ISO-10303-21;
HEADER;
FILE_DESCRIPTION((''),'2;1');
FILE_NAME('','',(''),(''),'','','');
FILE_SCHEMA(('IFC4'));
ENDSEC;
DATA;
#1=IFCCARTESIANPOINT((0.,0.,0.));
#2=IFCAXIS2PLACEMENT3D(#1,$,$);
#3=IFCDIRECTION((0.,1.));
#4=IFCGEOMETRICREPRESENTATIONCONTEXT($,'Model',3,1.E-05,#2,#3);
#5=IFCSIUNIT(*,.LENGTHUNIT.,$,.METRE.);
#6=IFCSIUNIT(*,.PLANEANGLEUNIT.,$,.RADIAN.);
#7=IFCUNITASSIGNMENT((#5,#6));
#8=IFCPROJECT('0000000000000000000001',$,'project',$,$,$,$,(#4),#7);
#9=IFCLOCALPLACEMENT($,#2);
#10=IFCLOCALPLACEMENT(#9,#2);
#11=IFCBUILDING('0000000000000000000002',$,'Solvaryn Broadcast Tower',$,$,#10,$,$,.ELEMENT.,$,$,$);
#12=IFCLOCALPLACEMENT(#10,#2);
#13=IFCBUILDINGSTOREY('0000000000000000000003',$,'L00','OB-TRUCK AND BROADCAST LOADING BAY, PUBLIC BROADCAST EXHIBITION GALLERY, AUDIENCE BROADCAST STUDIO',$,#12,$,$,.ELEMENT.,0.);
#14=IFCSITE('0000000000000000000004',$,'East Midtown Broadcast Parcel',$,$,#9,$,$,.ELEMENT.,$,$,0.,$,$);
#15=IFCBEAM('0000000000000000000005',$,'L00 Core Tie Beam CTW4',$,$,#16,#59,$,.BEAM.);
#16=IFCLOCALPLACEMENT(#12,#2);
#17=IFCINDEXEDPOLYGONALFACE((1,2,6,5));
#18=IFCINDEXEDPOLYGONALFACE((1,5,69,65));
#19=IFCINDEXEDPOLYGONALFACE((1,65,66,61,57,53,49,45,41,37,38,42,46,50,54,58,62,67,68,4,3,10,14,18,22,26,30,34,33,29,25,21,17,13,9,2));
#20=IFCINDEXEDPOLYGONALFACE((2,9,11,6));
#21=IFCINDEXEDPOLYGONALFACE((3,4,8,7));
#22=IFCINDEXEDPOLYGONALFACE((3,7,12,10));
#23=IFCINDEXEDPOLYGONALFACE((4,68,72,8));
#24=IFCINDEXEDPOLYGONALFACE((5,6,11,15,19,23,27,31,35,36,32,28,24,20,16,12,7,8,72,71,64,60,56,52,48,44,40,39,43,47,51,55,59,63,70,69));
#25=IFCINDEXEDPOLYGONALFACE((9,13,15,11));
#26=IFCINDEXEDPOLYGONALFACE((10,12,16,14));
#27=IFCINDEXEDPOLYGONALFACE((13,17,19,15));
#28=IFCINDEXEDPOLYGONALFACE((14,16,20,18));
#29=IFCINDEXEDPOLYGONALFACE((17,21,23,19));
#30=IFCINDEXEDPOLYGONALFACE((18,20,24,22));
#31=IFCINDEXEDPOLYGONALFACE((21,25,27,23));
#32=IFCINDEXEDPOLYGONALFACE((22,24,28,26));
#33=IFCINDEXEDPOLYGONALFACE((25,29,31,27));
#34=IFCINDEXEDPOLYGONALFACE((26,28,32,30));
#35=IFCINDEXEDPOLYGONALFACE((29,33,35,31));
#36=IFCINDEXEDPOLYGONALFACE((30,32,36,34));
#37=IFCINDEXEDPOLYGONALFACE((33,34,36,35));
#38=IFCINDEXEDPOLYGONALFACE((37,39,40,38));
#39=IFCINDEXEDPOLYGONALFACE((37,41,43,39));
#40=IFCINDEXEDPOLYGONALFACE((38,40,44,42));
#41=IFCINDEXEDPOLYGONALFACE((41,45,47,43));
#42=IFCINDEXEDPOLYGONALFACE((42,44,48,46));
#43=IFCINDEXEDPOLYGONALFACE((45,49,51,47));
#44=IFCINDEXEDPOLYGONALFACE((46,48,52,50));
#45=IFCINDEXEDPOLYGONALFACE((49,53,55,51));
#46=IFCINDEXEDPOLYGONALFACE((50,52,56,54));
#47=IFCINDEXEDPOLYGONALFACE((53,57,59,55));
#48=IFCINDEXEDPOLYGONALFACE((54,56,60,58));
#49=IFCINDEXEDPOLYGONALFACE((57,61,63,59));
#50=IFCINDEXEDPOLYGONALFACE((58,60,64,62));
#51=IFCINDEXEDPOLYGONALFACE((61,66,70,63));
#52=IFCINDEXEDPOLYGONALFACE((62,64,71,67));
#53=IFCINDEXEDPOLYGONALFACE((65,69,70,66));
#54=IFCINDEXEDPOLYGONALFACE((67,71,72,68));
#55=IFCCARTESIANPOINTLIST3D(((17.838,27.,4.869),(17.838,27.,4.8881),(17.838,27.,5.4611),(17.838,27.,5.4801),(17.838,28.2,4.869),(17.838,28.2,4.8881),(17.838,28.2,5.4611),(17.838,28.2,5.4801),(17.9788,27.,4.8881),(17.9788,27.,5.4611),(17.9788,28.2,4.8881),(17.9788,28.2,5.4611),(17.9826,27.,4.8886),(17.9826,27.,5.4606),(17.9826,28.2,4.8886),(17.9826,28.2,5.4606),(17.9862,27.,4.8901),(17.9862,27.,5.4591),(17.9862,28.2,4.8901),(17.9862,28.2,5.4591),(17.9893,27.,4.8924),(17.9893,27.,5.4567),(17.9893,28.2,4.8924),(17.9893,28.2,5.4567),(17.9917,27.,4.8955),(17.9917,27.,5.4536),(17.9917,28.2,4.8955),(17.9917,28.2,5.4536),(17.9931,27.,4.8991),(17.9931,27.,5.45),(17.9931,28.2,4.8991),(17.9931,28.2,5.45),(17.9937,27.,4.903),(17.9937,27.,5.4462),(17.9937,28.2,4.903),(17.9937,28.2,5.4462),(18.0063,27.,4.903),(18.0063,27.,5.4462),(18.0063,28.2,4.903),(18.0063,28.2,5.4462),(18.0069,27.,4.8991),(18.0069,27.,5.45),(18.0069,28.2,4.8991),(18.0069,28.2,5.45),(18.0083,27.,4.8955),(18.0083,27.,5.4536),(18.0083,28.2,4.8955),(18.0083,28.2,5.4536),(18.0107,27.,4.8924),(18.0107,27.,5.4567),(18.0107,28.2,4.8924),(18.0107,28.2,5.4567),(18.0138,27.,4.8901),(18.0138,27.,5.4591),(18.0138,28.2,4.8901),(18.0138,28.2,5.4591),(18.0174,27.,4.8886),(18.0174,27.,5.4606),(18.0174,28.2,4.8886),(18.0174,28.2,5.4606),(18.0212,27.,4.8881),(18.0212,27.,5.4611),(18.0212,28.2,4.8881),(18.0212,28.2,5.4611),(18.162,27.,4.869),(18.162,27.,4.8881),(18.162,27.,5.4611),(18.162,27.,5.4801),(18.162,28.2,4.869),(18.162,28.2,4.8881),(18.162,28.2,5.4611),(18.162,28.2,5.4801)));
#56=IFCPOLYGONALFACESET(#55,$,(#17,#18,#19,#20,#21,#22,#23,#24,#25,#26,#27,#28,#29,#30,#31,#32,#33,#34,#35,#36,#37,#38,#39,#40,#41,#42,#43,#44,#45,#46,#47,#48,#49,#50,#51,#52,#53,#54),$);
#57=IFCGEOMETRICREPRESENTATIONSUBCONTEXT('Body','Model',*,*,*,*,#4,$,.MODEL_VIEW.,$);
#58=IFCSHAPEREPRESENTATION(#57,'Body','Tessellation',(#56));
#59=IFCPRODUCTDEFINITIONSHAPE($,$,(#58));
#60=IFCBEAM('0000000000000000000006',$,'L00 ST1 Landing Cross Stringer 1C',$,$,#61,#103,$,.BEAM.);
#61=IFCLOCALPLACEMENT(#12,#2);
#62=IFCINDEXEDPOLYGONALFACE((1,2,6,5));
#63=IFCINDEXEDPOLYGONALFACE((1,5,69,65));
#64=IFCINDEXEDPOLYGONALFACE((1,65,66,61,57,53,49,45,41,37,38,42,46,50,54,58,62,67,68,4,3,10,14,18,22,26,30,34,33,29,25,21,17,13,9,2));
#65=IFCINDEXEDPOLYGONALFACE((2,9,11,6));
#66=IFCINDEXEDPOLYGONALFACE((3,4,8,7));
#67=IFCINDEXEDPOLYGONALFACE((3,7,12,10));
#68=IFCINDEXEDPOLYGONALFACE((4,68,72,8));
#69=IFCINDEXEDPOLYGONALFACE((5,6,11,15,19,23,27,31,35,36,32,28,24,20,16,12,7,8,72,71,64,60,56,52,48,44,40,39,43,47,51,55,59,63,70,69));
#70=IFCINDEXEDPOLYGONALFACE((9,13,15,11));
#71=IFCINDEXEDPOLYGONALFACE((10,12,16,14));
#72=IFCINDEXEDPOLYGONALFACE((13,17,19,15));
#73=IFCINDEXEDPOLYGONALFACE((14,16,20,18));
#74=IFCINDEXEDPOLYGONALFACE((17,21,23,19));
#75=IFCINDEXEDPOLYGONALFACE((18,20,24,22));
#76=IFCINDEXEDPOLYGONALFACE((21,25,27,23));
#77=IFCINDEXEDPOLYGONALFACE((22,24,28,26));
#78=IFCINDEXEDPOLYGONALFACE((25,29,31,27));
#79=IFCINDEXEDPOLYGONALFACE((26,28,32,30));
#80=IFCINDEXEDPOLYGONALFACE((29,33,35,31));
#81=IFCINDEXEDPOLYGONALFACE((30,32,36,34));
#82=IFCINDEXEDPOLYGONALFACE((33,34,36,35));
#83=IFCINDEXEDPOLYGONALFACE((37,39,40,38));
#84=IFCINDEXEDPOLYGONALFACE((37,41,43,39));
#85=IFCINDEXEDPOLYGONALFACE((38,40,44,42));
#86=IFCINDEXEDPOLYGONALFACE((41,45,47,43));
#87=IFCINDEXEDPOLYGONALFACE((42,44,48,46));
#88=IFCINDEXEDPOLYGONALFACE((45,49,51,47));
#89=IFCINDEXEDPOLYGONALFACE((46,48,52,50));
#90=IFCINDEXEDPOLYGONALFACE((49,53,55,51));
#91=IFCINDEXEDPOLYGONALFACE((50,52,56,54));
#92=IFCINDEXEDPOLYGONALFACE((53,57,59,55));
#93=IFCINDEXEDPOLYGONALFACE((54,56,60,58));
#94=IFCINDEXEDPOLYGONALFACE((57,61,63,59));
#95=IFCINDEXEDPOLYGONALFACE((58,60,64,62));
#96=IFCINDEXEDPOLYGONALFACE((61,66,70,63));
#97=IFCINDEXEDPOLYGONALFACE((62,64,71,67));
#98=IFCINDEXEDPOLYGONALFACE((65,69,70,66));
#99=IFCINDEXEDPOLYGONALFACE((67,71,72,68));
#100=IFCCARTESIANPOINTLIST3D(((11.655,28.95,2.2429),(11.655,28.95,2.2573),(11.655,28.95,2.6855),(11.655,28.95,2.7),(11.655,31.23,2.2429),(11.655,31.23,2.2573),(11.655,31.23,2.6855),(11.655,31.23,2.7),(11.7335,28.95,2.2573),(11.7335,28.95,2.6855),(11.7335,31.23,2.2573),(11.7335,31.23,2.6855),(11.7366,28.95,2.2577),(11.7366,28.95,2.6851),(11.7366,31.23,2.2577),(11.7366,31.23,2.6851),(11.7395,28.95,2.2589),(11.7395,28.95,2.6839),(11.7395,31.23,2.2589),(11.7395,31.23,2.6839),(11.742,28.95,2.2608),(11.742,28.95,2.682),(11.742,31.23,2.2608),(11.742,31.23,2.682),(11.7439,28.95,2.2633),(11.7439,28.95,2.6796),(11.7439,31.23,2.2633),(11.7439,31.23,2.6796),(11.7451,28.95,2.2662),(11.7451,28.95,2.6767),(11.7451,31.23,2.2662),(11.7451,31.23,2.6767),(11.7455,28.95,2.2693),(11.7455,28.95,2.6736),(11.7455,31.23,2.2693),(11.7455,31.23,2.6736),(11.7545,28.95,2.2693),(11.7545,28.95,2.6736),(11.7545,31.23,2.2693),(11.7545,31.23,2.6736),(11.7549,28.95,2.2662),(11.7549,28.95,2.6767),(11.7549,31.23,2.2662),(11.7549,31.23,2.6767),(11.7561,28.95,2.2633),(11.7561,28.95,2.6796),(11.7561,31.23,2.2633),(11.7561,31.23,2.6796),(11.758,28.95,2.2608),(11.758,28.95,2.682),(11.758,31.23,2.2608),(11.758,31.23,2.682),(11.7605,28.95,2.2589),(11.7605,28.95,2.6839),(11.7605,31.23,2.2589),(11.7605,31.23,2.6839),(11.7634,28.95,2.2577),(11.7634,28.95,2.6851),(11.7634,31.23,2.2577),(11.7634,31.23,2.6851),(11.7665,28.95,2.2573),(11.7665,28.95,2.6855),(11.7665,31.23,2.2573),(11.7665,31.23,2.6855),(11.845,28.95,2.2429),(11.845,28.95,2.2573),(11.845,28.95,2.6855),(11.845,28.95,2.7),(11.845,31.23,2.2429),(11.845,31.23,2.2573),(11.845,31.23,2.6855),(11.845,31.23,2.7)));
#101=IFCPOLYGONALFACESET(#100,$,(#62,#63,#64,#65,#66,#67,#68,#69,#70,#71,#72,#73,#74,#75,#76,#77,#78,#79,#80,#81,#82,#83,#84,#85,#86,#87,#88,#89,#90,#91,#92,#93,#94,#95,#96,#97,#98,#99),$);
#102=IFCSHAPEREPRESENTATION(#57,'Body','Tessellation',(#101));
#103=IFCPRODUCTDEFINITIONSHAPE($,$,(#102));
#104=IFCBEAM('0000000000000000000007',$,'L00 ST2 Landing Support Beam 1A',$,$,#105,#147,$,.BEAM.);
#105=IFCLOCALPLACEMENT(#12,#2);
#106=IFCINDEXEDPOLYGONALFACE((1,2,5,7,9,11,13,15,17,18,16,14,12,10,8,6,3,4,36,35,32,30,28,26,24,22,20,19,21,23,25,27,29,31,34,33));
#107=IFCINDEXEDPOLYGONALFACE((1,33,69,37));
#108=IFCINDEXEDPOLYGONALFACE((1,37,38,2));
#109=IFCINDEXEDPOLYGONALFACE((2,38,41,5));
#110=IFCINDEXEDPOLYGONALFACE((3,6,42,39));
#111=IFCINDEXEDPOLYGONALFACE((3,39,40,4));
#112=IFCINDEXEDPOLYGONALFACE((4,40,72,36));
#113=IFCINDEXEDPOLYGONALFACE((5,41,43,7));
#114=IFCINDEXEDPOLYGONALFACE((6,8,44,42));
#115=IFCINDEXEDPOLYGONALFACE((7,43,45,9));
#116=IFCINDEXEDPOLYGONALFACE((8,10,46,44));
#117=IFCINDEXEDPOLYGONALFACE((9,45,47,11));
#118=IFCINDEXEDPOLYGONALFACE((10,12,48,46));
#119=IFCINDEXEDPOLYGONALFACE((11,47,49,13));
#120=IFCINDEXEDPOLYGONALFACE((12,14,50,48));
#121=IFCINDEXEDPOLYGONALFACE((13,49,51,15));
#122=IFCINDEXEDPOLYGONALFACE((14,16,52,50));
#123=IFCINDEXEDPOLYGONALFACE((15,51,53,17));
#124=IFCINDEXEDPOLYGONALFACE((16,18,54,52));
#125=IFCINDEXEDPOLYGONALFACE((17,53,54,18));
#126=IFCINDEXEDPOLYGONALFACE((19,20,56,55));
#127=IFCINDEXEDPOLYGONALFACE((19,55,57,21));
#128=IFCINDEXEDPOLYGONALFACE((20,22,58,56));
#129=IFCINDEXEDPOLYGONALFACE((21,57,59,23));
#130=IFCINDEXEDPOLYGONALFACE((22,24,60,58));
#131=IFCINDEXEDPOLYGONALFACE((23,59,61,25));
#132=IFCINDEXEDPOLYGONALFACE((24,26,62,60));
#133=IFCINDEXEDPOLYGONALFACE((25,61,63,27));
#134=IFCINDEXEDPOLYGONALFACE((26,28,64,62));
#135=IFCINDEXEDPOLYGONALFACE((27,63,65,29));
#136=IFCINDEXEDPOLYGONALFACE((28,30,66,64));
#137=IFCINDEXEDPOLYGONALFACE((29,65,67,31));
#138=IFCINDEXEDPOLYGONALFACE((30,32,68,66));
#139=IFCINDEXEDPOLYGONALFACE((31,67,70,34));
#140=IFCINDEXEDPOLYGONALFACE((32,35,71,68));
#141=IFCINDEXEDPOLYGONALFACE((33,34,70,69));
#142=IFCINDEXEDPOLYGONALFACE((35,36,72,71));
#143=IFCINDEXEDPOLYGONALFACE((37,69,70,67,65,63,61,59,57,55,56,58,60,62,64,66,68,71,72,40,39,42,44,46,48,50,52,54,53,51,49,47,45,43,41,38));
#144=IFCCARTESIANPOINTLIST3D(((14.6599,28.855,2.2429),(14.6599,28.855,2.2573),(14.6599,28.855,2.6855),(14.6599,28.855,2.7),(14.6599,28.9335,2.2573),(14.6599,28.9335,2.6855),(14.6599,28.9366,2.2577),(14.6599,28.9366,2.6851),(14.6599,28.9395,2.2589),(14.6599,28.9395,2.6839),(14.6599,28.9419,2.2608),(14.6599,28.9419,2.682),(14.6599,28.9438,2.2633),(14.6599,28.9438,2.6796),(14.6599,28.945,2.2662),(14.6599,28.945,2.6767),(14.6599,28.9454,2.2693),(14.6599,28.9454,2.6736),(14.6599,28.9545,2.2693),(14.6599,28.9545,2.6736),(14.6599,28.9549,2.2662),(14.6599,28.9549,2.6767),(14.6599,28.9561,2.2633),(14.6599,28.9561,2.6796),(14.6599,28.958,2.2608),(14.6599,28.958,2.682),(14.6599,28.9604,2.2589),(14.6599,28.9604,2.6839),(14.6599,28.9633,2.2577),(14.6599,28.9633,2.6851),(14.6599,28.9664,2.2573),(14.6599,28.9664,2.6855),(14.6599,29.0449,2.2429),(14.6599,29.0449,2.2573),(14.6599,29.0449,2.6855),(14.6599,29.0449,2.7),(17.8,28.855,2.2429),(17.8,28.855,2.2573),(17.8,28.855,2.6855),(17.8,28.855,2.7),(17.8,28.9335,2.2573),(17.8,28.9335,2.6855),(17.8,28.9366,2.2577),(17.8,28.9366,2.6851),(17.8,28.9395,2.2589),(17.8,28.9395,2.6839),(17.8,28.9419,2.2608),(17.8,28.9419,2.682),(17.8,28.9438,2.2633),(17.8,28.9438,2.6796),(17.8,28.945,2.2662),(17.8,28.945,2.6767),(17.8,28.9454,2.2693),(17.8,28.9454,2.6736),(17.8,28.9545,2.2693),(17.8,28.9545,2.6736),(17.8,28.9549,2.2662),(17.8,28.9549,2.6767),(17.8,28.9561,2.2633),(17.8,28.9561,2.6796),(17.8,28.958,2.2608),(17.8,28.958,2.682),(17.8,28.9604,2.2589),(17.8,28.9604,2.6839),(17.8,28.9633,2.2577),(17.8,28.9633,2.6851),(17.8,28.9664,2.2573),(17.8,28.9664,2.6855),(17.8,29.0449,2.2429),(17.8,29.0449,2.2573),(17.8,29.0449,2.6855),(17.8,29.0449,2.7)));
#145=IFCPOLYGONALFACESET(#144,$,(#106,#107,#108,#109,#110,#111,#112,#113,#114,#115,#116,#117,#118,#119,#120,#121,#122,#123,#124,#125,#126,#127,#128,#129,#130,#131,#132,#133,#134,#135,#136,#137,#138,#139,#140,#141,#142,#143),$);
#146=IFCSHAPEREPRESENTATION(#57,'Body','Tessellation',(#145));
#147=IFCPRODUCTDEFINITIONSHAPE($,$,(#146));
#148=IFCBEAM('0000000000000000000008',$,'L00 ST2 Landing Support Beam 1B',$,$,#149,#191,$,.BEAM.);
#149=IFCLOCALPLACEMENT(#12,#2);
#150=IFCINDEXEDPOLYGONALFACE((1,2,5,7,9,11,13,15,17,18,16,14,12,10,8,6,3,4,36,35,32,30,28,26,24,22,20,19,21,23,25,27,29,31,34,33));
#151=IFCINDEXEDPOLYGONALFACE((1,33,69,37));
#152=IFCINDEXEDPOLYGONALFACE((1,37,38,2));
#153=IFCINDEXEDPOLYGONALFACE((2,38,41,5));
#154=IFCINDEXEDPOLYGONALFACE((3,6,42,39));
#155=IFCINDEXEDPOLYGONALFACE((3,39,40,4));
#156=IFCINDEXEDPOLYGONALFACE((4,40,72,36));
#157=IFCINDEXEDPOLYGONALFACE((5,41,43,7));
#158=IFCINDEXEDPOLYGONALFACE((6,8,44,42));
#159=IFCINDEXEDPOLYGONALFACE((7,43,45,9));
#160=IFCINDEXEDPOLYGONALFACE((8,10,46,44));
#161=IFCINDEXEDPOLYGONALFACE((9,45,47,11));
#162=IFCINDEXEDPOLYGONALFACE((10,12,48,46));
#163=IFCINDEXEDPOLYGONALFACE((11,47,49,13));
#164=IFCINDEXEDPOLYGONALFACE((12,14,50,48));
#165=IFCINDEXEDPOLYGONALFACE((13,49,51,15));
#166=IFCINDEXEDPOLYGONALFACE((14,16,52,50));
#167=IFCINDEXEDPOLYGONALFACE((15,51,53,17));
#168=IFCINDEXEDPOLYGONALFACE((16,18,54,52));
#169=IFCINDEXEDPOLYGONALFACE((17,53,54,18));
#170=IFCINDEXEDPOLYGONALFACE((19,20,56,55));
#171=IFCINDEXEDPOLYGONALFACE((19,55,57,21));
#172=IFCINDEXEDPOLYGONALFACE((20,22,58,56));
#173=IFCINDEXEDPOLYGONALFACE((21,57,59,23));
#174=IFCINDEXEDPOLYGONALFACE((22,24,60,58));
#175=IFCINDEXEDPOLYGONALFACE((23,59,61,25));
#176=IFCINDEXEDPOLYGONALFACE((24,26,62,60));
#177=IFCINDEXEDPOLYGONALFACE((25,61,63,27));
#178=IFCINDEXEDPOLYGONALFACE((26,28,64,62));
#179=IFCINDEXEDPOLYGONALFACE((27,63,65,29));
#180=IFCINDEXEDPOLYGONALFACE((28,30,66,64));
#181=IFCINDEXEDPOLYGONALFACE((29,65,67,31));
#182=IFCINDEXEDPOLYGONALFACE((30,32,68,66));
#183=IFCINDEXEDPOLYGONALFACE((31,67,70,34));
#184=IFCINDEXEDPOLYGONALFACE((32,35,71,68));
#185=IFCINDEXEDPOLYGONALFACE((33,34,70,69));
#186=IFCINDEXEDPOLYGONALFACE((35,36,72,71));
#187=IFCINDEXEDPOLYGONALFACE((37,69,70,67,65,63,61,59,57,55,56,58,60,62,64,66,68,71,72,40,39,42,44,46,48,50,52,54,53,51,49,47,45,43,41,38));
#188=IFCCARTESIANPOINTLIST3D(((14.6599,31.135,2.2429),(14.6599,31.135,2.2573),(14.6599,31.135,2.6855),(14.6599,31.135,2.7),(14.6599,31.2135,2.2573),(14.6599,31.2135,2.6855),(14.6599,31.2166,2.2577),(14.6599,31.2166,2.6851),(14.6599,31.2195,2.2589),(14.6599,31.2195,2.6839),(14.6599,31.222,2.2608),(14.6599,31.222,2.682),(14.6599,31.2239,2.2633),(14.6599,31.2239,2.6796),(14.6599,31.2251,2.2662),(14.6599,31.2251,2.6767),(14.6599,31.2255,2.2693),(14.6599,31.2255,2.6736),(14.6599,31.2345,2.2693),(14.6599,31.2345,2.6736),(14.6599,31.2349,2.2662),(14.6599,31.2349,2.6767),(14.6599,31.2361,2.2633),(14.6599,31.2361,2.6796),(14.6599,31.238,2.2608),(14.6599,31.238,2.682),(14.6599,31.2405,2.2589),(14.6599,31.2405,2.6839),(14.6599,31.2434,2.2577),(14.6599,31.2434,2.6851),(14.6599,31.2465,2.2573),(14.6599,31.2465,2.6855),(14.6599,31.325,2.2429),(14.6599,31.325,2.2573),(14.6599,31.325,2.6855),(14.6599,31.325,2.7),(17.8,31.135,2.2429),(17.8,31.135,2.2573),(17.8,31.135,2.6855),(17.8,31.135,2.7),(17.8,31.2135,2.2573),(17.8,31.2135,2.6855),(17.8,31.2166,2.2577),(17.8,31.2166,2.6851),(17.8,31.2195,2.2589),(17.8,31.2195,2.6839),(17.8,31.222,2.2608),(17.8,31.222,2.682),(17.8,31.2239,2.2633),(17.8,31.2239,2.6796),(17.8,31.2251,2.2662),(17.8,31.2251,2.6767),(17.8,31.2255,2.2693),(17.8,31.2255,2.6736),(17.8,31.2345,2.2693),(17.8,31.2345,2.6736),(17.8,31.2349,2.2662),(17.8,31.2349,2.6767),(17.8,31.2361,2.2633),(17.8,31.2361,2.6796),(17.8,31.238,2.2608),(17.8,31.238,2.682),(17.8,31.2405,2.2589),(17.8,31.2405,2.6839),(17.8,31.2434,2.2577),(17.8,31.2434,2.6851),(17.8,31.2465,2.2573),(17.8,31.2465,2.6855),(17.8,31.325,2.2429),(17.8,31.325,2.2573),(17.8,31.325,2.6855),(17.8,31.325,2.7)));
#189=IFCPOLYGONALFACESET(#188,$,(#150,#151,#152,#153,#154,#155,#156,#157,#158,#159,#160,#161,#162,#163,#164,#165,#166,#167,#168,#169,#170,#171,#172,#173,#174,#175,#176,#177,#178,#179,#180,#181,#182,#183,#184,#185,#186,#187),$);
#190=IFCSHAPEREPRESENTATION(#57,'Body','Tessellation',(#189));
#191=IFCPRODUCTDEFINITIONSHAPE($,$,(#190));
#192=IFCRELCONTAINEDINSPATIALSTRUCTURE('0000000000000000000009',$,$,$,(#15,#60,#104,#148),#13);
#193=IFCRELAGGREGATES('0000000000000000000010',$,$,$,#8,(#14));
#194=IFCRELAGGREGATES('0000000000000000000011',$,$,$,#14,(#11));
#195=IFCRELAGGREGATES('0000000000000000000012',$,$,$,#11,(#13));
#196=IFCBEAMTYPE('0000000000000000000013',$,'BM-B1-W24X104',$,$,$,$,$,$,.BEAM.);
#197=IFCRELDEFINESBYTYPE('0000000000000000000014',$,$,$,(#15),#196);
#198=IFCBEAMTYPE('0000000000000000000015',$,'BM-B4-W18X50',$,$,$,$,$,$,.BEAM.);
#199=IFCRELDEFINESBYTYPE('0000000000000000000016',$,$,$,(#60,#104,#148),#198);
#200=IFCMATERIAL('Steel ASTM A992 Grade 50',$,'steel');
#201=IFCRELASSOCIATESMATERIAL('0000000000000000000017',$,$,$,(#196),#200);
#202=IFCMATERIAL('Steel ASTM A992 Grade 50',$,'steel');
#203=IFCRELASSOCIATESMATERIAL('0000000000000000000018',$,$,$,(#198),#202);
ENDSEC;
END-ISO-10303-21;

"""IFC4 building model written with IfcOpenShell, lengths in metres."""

from ifc_helpers import new_model, si_unit, direction, frame, origin, origin_2d, place, context, subcontext, project, spatial, i_section, extrude, material, material_profile, profile_set, type_object, element, save


model = new_model("IFC4")

# Units and contexts
model_context = context("Model", 3, precision=1e-05, world=origin(), true_north=direction((0.0, 1.0)))
body_context = subcontext(model_context, "Body", "Model", "MODEL_VIEW")
ifc_project = project(units=[si_unit("LENGTHUNIT", "METRE"), si_unit("PLANEANGLEUNIT", "RADIAN")], contexts=[model_context])

# Site, building, storey
site_placement = place(None, origin())
site = spatial("IfcSite", under=ifc_project, at=site_placement, Name="East Midtown Broadcast Parcel", CompositionType="ELEMENT", RefElevation=0.0)
building_placement = place(site_placement, origin())
building = spatial("IfcBuilding", under=site, at=building_placement, Name="Solvaryn Broadcast Tower", CompositionType="ELEMENT")
storey_placement = place(building_placement, origin())
storey = spatial("IfcBuildingStorey", under=building, at=storey_placement, Name="L00", Description="OB-TRUCK AND BROADCAST LOADING BAY, PUBLIC BROADCAST EXHIBITION GALLERY, AUDIENCE BROADCAST STUDIO", CompositionType="ELEMENT", Elevation=0.0)

# Beams
ifc_material_1 = material(Name="Steel ASTM A992 Grade 50", Category="steel")
ifc_material_profile_1 = material_profile(ifc_material_1, i_section(OverallWidth=0.324, OverallDepth=0.6111, WebThickness=0.0127, FlangeThickness=0.019, FilletRadius=0.0149, at=origin_2d()))
ifc_profile_set_1 = profile_set([ifc_material_profile_1], Name="Steel ASTM A992 Grade 50")
beam_type_1 = type_object("IfcBeamType", Name="BM-B1-W24X104", PredefinedType="BEAM", material=ifc_profile_set_1)
beam_1_placement = place(storey_placement, frame((18.0, 27.0, 5.1746), z_axis=(0.0, 1.0, 0.0), x_axis=(-1.0, 0.0, 0.0)))
element("IfcBeam", 1, at=beam_1_placement, inside=storey, type_object=beam_type_1, Name="L00 Core Tie Beam CTW4", PredefinedType="BEAM", context=body_context, shape_type="SweptSolid", body=[
    extrude(i_section(OverallWidth=0.324, OverallDepth=0.6111, WebThickness=0.0127, FlangeThickness=0.019, FilletRadius=0.0149, at=origin_2d()), origin(), (0.0, 0.0, 1.0), 1.2),
])
ifc_material_2 = material(Name="Steel ASTM A992 Grade 50", Category="steel")
ifc_material_profile_2 = material_profile(ifc_material_2, i_section(OverallWidth=0.1899, OverallDepth=0.457, WebThickness=0.009, FlangeThickness=0.0144, FilletRadius=0.012, at=origin_2d()))
ifc_profile_set_2 = profile_set([ifc_material_profile_2], Name="Steel ASTM A992 Grade 50")
beam_type_2 = type_object("IfcBeamType", Name="BM-B4-W18X50", PredefinedType="BEAM", material=ifc_profile_set_2)
beam_2_placement = place(storey_placement, frame((11.75, 28.95, 2.4714), z_axis=(0.0, 1.0, 0.0), x_axis=(-1.0, 0.0, 0.0)))
element("IfcBeam", 2, at=beam_2_placement, inside=storey, type_object=beam_type_2, Name="L00 ST1 Landing Cross Stringer 1C", PredefinedType="BEAM", context=body_context, shape_type="SweptSolid", body=[
    extrude(i_section(OverallWidth=0.1899, OverallDepth=0.457, WebThickness=0.009, FlangeThickness=0.0144, FilletRadius=0.012, at=origin_2d()), origin(), (0.0, 0.0, 1.0), 2.28),
])
for number, where, z_axis, x_axis, name in (
    (3, (14.6599, 28.95, 2.4714), (1.0, 0.0, 0.0), (0.0, 1.0, 0.0), "L00 ST2 Landing Support Beam 1A"),
    (4, (14.6599, 31.23, 2.4714), (1.0, 0.0, 0.0), (0.0, 1.0, 0.0), "L00 ST2 Landing Support Beam 1B"),
):
    element("IfcBeam", number, at=place(storey_placement, frame(where, z_axis=z_axis, x_axis=x_axis)), inside=storey, type_object=beam_type_2, Name=name, PredefinedType="BEAM", context=body_context, shape_type="SweptSolid", body=[
        extrude(i_section(OverallWidth=0.1899, OverallDepth=0.457, WebThickness=0.009, FlangeThickness=0.0144, FilletRadius=0.012, at=origin_2d()), origin(), (0.0, 0.0, 1.0), 3.1401),
    ])

save(model, "model.ifc")
